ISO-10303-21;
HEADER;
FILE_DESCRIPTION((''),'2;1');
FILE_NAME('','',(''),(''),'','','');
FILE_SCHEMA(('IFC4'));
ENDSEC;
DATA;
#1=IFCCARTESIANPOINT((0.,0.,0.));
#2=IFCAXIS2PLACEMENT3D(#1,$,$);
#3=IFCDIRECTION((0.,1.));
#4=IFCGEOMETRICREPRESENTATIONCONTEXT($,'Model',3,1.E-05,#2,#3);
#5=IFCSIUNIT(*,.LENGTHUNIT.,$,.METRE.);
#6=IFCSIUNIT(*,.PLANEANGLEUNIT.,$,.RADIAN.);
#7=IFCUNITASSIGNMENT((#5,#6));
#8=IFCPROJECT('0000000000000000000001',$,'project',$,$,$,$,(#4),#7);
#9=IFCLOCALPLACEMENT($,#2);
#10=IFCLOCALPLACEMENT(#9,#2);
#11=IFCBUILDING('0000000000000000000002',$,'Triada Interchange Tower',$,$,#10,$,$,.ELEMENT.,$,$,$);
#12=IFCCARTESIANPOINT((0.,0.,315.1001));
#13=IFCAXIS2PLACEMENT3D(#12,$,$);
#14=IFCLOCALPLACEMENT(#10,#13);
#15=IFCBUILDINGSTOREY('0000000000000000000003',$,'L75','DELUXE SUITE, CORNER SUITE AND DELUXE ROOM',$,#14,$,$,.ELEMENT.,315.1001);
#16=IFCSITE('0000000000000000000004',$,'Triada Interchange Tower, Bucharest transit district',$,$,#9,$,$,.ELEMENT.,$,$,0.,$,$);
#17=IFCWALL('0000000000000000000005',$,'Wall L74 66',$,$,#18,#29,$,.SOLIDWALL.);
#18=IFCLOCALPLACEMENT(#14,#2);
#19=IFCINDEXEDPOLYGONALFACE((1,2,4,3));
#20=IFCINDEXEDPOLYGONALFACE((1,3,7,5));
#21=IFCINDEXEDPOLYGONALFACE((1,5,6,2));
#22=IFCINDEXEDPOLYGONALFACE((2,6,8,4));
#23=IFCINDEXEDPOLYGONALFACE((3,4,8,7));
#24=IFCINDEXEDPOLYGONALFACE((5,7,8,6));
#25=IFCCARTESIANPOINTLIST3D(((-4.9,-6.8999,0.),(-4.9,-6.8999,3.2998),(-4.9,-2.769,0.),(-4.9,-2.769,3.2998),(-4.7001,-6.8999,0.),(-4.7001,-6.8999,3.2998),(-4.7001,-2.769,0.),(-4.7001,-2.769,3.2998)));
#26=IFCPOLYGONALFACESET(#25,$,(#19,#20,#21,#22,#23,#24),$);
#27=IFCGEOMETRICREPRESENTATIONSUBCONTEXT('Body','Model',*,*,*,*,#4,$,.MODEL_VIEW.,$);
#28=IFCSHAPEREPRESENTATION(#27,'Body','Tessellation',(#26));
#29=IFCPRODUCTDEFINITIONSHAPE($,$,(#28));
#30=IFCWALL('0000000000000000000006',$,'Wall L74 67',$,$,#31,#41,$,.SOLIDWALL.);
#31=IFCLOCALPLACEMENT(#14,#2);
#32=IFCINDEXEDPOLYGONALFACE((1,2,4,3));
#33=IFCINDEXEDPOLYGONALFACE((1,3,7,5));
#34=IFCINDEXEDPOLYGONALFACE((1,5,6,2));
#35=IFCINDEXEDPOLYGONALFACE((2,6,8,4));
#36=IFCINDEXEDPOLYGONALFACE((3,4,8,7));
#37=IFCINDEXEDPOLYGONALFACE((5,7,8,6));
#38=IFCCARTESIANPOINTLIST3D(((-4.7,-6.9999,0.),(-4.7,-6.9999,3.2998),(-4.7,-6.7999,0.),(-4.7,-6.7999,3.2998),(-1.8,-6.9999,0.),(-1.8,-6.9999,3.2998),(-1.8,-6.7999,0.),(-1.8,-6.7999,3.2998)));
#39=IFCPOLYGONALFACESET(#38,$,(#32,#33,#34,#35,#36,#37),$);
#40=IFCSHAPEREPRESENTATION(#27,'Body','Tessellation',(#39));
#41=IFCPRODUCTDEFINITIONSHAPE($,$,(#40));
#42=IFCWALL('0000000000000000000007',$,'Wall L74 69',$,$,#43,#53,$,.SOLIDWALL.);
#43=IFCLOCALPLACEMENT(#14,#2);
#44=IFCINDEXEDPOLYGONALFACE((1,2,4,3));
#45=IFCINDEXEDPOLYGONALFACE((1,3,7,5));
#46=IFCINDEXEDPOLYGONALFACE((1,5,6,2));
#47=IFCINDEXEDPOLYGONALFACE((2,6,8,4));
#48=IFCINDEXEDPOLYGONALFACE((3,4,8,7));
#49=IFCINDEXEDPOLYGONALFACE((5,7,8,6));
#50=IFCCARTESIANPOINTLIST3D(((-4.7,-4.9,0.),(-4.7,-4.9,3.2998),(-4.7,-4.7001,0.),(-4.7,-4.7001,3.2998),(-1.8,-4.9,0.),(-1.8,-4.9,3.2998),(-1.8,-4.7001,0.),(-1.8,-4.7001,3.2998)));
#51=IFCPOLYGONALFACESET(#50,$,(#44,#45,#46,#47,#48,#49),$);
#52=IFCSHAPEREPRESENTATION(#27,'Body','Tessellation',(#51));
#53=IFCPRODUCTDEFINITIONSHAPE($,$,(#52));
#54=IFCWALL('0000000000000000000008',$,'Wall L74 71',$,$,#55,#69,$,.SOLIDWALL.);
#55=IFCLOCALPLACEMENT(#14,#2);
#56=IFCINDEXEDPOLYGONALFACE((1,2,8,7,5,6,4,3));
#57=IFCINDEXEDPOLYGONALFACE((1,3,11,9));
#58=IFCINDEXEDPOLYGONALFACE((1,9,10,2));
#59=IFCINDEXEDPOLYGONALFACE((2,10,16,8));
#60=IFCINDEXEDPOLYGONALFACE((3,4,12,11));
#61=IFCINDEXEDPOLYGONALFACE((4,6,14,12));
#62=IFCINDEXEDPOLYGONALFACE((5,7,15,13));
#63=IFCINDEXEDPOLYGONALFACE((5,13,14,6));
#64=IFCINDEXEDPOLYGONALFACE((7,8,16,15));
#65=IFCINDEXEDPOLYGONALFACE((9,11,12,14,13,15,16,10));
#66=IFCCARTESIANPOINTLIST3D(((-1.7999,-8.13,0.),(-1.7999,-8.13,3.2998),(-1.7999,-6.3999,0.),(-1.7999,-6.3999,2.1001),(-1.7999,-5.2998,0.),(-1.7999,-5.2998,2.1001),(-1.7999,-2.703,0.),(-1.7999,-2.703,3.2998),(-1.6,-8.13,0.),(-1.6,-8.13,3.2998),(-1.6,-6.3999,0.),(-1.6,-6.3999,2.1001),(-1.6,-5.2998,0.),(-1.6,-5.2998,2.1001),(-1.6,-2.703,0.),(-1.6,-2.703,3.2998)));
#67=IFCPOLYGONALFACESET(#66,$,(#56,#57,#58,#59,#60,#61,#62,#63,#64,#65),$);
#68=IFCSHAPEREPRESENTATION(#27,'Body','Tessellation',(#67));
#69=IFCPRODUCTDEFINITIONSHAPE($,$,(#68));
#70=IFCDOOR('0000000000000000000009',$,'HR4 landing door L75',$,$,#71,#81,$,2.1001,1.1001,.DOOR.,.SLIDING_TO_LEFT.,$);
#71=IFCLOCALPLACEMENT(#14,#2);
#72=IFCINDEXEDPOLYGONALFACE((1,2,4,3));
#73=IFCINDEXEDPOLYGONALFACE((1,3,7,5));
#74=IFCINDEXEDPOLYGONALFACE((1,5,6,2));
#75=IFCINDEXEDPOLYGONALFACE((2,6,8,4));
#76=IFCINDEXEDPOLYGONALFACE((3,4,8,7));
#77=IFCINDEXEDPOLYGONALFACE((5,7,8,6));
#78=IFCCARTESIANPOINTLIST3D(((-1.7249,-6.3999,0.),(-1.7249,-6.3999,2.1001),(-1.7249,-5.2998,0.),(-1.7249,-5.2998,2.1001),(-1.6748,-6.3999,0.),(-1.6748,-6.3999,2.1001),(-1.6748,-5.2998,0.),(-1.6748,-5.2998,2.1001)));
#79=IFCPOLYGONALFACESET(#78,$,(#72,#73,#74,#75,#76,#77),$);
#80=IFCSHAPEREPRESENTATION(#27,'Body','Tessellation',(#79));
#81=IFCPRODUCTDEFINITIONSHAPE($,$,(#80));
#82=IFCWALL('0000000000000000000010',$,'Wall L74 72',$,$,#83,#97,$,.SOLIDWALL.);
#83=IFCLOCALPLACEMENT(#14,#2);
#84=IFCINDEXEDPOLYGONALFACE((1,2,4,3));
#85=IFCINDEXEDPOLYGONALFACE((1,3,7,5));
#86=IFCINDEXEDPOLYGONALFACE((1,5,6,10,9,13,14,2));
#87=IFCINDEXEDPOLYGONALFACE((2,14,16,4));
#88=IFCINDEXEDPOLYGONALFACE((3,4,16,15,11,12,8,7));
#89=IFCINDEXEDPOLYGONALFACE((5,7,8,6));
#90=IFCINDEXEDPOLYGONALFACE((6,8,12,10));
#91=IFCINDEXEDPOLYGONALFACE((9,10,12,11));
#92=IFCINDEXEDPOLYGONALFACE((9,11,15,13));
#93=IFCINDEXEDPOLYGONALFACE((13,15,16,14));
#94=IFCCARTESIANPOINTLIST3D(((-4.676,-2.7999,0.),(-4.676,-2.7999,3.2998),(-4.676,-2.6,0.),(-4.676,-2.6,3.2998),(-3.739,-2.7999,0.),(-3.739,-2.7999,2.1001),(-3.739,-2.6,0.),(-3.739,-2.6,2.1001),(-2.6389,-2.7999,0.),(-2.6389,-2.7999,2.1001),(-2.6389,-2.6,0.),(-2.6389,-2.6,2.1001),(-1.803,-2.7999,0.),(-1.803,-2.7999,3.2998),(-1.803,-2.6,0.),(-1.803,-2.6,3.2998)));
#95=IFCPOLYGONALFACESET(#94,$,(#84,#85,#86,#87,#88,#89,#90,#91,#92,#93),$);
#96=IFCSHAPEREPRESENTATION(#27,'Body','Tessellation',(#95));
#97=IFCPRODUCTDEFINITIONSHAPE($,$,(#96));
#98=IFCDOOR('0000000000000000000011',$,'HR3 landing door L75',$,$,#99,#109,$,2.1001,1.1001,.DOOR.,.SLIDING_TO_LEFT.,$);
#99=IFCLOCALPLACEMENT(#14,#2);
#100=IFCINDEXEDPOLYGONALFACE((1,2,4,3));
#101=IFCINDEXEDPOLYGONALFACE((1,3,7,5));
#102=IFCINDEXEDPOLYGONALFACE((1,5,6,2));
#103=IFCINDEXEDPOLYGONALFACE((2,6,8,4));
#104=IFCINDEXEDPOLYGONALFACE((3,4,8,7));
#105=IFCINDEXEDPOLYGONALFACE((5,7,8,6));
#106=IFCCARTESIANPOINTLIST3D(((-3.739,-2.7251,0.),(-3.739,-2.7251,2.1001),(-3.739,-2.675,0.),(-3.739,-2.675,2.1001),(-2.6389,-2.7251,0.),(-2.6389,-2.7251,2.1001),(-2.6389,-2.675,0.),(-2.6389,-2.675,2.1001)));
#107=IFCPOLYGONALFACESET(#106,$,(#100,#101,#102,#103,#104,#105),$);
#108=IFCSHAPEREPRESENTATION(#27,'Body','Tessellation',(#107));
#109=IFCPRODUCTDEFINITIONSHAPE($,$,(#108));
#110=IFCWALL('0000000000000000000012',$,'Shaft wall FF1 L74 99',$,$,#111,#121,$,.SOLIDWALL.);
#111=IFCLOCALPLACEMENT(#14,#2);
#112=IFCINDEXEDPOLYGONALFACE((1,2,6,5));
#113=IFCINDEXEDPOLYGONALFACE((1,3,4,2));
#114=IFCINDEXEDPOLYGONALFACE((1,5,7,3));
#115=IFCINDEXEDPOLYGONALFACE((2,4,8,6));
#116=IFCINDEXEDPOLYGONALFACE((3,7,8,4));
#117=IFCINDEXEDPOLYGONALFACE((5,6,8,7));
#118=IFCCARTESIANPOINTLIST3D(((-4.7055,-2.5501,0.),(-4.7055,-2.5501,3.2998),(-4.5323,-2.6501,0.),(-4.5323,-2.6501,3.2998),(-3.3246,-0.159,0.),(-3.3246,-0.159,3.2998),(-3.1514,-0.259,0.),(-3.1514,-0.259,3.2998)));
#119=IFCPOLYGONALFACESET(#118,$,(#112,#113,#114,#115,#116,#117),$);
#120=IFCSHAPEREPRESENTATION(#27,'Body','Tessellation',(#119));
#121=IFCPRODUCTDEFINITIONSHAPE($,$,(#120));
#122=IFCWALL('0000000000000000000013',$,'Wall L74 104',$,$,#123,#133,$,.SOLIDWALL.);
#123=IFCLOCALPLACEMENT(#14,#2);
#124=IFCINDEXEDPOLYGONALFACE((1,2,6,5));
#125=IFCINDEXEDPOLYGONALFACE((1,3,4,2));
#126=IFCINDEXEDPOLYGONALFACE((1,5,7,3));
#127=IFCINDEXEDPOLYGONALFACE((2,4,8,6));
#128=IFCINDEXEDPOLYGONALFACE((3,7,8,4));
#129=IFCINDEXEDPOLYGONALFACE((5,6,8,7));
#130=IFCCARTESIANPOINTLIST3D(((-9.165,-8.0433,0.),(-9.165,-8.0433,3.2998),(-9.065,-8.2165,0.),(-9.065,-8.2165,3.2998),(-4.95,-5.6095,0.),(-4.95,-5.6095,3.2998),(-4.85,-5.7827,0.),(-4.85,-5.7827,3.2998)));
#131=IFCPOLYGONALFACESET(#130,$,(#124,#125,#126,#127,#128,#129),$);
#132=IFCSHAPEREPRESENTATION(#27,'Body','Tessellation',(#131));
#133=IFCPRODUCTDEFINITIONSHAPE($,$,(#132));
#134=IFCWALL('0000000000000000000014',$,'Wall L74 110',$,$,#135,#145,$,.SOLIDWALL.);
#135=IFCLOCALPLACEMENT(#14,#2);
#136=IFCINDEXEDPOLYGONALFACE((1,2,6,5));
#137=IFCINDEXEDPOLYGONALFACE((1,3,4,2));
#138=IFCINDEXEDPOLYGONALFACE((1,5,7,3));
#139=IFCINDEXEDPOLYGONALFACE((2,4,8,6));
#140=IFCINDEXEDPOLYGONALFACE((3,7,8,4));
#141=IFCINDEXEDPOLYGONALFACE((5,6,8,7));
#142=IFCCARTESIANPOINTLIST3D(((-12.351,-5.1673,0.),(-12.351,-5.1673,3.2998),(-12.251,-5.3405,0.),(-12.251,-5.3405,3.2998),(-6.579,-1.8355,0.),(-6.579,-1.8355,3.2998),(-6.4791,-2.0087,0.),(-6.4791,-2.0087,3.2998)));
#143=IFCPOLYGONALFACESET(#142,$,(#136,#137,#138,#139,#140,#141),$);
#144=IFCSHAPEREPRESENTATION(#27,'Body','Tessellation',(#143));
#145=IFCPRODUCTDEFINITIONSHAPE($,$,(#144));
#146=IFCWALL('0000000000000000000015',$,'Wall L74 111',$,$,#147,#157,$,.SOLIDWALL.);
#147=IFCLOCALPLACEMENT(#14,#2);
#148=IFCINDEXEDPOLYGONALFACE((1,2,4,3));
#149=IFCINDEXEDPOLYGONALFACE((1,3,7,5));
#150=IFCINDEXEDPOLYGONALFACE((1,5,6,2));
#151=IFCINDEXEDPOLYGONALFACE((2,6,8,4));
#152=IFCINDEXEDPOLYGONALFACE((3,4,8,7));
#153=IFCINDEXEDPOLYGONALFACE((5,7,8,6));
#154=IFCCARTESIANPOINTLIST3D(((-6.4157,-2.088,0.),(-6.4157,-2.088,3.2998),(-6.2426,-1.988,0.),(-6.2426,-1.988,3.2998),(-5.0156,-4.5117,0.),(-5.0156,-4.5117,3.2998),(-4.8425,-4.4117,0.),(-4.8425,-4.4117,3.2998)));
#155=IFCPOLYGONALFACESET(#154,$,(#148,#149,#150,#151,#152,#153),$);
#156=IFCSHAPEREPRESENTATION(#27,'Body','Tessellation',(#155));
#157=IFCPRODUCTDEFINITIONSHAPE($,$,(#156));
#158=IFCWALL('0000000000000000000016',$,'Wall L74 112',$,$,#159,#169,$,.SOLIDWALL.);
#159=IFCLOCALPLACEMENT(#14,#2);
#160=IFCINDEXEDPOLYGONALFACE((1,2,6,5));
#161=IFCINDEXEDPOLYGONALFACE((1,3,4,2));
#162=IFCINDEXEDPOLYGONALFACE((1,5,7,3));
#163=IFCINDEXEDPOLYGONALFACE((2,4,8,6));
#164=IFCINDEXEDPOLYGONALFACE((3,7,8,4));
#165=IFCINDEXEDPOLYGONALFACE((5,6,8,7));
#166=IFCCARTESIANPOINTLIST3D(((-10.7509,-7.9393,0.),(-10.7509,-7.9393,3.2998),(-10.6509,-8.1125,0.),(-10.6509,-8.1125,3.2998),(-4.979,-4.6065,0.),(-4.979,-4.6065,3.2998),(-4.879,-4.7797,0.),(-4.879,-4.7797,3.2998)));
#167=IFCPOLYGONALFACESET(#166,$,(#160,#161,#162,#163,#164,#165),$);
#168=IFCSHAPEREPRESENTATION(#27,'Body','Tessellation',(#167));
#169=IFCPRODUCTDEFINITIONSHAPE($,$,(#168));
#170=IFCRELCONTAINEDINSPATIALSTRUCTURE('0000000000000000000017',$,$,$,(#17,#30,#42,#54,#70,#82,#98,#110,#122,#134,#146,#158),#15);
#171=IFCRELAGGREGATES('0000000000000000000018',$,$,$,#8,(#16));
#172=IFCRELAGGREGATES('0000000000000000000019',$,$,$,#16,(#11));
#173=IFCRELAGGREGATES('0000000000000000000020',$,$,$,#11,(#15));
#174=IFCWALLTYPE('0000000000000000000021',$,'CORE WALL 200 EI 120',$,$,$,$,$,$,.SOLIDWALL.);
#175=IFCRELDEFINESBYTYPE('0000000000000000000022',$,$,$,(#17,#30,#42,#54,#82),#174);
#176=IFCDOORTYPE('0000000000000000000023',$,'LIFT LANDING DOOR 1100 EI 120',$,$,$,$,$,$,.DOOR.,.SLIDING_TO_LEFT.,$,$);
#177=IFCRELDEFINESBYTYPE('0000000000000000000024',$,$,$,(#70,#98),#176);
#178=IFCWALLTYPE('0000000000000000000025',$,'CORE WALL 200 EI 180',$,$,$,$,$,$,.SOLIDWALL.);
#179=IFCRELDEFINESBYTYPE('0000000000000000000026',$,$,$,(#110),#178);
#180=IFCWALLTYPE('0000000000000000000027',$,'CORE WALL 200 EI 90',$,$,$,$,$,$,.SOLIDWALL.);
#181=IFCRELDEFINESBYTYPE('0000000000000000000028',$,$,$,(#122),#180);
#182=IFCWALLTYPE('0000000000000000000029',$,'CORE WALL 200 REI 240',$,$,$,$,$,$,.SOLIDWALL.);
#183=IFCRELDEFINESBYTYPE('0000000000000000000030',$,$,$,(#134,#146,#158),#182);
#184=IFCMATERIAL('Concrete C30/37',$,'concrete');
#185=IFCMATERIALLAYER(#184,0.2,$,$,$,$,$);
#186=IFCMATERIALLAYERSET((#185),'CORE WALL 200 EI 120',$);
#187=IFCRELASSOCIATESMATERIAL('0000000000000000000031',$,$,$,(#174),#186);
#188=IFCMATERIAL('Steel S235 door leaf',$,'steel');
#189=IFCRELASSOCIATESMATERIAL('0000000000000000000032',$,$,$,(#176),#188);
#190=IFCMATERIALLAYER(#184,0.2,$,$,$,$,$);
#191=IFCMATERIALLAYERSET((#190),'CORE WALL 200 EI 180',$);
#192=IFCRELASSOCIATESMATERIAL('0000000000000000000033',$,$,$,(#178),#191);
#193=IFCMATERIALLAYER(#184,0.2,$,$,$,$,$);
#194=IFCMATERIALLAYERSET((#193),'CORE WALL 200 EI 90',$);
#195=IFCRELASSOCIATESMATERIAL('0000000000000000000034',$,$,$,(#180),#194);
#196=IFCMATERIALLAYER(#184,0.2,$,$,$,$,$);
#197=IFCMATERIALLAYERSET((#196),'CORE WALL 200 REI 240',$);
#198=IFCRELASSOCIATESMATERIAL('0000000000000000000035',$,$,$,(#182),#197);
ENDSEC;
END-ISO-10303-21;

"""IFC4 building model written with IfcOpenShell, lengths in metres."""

from ifc_helpers import new_model, si_unit, direction, frame, frame_2d, origin, place, context, subcontext, project, spatial, rectangle, extrude, material, layer, layer_set, type_object, element, fill, save


model = new_model("IFC4")

# Units and contexts
model_context = context("Model", 3, precision=1e-05, world=origin(), true_north=direction((0.0, 1.0)))
body_context = subcontext(model_context, "Body", "Model", "MODEL_VIEW")
ifc_project = project(units=[si_unit("LENGTHUNIT", "METRE"), si_unit("PLANEANGLEUNIT", "RADIAN")], contexts=[model_context])

# Site, building, storey
site_placement = place(None, origin())
site = spatial("IfcSite", under=ifc_project, at=site_placement, Name="Triada Interchange Tower, Bucharest transit district", CompositionType="ELEMENT", RefElevation=0.0)
building_placement = place(site_placement, origin())
building = spatial("IfcBuilding", under=site, at=building_placement, Name="Triada Interchange Tower", CompositionType="ELEMENT")
storey_placement = place(building_placement, frame((0.0, 0.0, 315.1001)))
storey = spatial("IfcBuildingStorey", under=building, at=storey_placement, Name="L75", Description="DELUXE SUITE, CORNER SUITE AND DELUXE ROOM", CompositionType="ELEMENT", Elevation=315.1001)

# Walls
ifc_material_1 = material(Name="Concrete C30/37", Category="concrete")
ifc_layer_1 = layer(ifc_material_1, 0.2)
ifc_layer_set_1 = layer_set([ifc_layer_1], Name="CORE WALL 200 EI 120")
wall_type_1 = type_object("IfcWallType", Name="CORE WALL 200 EI 120", PredefinedType="SOLIDWALL", material=ifc_layer_set_1)
wall_1_placement = place(storey_placement, frame((-4.8, -6.8999, 0.0), z_axis=(0.0, 0.0, 1.0), x_axis=(0.0, 1.0, 0.0)))
element("IfcWall", 1, at=wall_1_placement, inside=storey, type_object=wall_type_1, Name="Wall L74 66", PredefinedType="SOLIDWALL", context=body_context, shape_type="SweptSolid", body=[
    extrude(rectangle(XDim=4.1309, YDim=0.2, at=frame_2d((2.0654, 0.0))), origin(), (0.0, 0.0, 1.0), 3.2998),
])
for number, where, z_axis, x_axis, name in (
    (2, (-4.7, -6.8999, 0.0), (0.0, 0.0, 1.0), (1.0, 0.0, 0.0), "Wall L74 67"),
    (3, (-4.7, -4.8, 0.0), (0.0, 0.0, 1.0), (1.0, 0.0, 0.0), "Wall L74 69"),
):
    element("IfcWall", number, at=place(storey_placement, frame(where, z_axis=z_axis, x_axis=x_axis)), inside=storey, type_object=wall_type_1, Name=name, PredefinedType="SOLIDWALL", context=body_context, shape_type="SweptSolid", body=[
        extrude(rectangle(XDim=2.8999, YDim=0.2, at=frame_2d((1.45, 0.0))), origin(), (0.0, 0.0, 1.0), 3.2998),
    ])

# Walls, openings, doors
wall_2_placement = place(storey_placement, frame((-1.7, -8.1299, 0.0), z_axis=(0.0, 0.0, 1.0), x_axis=(0.0, 1.0, 0.0)))
wall_2 = element("IfcWall", 4, at=wall_2_placement, inside=storey, type_object=wall_type_1, Name="Wall L74 71", PredefinedType="SOLIDWALL", context=body_context, shape_type="SweptSolid", body=[
    extrude(rectangle(XDim=5.427, YDim=0.2, at=frame_2d((2.7134, 0.0))), origin(), (0.0, 0.0, 1.0), 3.2998),
])
opening_1_placement = place(wall_2_placement, frame((1.73, 0.0, 0.0)))
opening_1 = element("IfcOpeningElement", 5, at=opening_1_placement, cuts=wall_2, PredefinedType="OPENING", context=body_context, shape_type="SweptSolid", body=[
    extrude(rectangle(XDim=1.1001, YDim=2.1001, at=frame_2d((0.55, 1.05))), frame((0.0, 0.1099, 0.0), z_axis=(0.0, -1.0, 0.0), x_axis=(1.0, 0.0, 0.0)), (0.0, 0.0, 1.0), 0.22),
])
ifc_material_2 = material(Name="Steel S235 door leaf", Category="steel")
door_type_1 = type_object("IfcDoorType", Name="LIFT LANDING DOOR 1100 EI 120", OperationType="SLIDING_TO_LEFT", PredefinedType="DOOR", material=ifc_material_2)
door_1_placement = place(opening_1_placement, origin())
door_1 = element("IfcDoor", 6, at=door_1_placement, inside=storey, type_object=door_type_1, Name="HR4 landing door L75", OperationType="SLIDING_TO_LEFT", OverallHeight=2.1001, OverallWidth=1.1001, PredefinedType="DOOR", context=body_context, shape_type="SweptSolid", body=[
    extrude(rectangle(XDim=1.1001, YDim=2.1001, at=frame_2d((0.55, 1.05))), frame((0.0, 0.0249, 0.0), z_axis=(0.0, -1.0, 0.0), x_axis=(1.0, 0.0, 0.0)), (0.0, 0.0, 1.0), 0.05),
])
fill(opening_1, door_1)
wall_3_placement = place(storey_placement, frame((-4.676, -2.7, 0.0), z_axis=(0.0, 0.0, 1.0), x_axis=(1.0, 0.0, 0.0)))
wall_3 = element("IfcWall", 7, at=wall_3_placement, inside=storey, type_object=wall_type_1, Name="Wall L74 72", PredefinedType="SOLIDWALL", context=body_context, shape_type="SweptSolid", body=[
    extrude(rectangle(XDim=2.873, YDim=0.2, at=frame_2d((1.4365, 0.0))), origin(), (0.0, 0.0, 1.0), 3.2998),
])
opening_2_placement = place(wall_3_placement, frame((0.937, 0.0, 0.0)))
opening_2 = element("IfcOpeningElement", 8, at=opening_2_placement, cuts=wall_3, PredefinedType="OPENING", context=body_context, shape_type="SweptSolid", body=[
    extrude(rectangle(XDim=1.1001, YDim=2.1001, at=frame_2d((0.55, 1.05))), frame((0.0, 0.1099, 0.0), z_axis=(0.0, -1.0, 0.0), x_axis=(1.0, 0.0, 0.0)), (0.0, 0.0, 1.0), 0.22),
])
door_2_placement = place(opening_2_placement, origin())
door_2 = element("IfcDoor", 9, at=door_2_placement, inside=storey, type_object=door_type_1, Name="HR3 landing door L75", OperationType="SLIDING_TO_LEFT", OverallHeight=2.1001, OverallWidth=1.1001, PredefinedType="DOOR", context=body_context, shape_type="SweptSolid", body=[
    extrude(rectangle(XDim=1.1001, YDim=2.1001, at=frame_2d((0.55, 1.05))), frame((0.0, 0.0249, 0.0), z_axis=(0.0, -1.0, 0.0), x_axis=(1.0, 0.0, 0.0)), (0.0, 0.0, 1.0), 0.05),
])
fill(opening_2, door_2)

# Walls
ifc_layer_2 = layer(ifc_material_1, 0.2)
ifc_layer_set_2 = layer_set([ifc_layer_2], Name="CORE WALL 200 EI 180")
wall_type_2 = type_object("IfcWallType", Name="CORE WALL 200 EI 180", PredefinedType="SOLIDWALL", material=ifc_layer_set_2)
wall_4_placement = place(storey_placement, frame((-4.6189, -2.6001, 0.0), z_axis=(0.0, 0.0, 1.0), x_axis=(0.500095, 0.865971, 0.0)))
element("IfcWall", 10, at=wall_4_placement, inside=storey, type_object=wall_type_2, Name="Shaft wall FF1 L74 99", PredefinedType="SOLIDWALL", context=body_context, shape_type="SweptSolid", body=[
    extrude(rectangle(XDim=2.7612, YDim=0.2, at=frame_2d((1.3806, 0.0))), origin(), (0.0, 0.0, 1.0), 3.2998),
])
ifc_layer_3 = layer(ifc_material_1, 0.2)
ifc_layer_set_3 = layer_set([ifc_layer_3], Name="CORE WALL 200 EI 90")
wall_type_3 = type_object("IfcWallType", Name="CORE WALL 200 EI 90", PredefinedType="SOLIDWALL", material=ifc_layer_set_3)
wall_5_placement = place(storey_placement, frame((-9.115, -8.1299, 0.0), z_axis=(0.0, 0.0, 1.0), x_axis=(0.866003, 0.500039, 0.0)))
element("IfcWall", 11, at=wall_5_placement, inside=storey, type_object=wall_type_3, Name="Wall L74 104", PredefinedType="SOLIDWALL", context=body_context, shape_type="SweptSolid", body=[
    extrude(rectangle(XDim=4.8672, YDim=0.2, at=frame_2d((2.4336, 0.0))), origin(), (0.0, 0.0, 1.0), 3.2998),
])
ifc_layer_4 = layer(ifc_material_1, 0.2)
ifc_layer_set_4 = layer_set([ifc_layer_4], Name="CORE WALL 200 REI 240")
wall_type_4 = type_object("IfcWallType", Name="CORE WALL 200 REI 240", PredefinedType="SOLIDWALL", material=ifc_layer_set_4)
wall_6_placement = place(storey_placement, frame((-12.301, -5.2539, 0.0), z_axis=(0.0, 0.0, 1.0), x_axis=(0.866068, 0.499925, 0.0)))
element("IfcWall", 12, at=wall_6_placement, inside=storey, type_object=wall_type_4, Name="Wall L74 110", PredefinedType="SOLIDWALL", context=body_context, shape_type="SweptSolid", body=[
    extrude(rectangle(XDim=6.6646, YDim=0.2, at=frame_2d((3.3323, 0.0))), origin(), (0.0, 0.0, 1.0), 3.2998),
])
wall_7_placement = place(storey_placement, frame((-6.3291, -2.0381, 0.0), z_axis=(0.0, 0.0, 1.0), x_axis=(0.500201, -0.86591, 0.0)))
element("IfcWall", 13, at=wall_7_placement, inside=storey, type_object=wall_type_4, Name="Wall L74 111", PredefinedType="SOLIDWALL", context=body_context, shape_type="SweptSolid", body=[
    extrude(rectangle(XDim=2.7991, YDim=0.2, at=frame_2d((1.3994, 0.0))), origin(), (0.0, 0.0, 1.0), 3.2998),
])
wall_8_placement = place(storey_placement, frame((-10.7009, -8.0259, 0.0), z_axis=(0.0, 0.0, 1.0), x_axis=(0.866005, 0.500035, 0.0)))
element("IfcWall", 14, at=wall_8_placement, inside=storey, type_object=wall_type_4, Name="Wall L74 112", PredefinedType="SOLIDWALL", context=body_context, shape_type="SweptSolid", body=[
    extrude(rectangle(XDim=6.665, YDim=0.2, at=frame_2d((3.3325, 0.0))), origin(), (0.0, 0.0, 1.0), 3.2998),
])

save(model, "model.ifc")
